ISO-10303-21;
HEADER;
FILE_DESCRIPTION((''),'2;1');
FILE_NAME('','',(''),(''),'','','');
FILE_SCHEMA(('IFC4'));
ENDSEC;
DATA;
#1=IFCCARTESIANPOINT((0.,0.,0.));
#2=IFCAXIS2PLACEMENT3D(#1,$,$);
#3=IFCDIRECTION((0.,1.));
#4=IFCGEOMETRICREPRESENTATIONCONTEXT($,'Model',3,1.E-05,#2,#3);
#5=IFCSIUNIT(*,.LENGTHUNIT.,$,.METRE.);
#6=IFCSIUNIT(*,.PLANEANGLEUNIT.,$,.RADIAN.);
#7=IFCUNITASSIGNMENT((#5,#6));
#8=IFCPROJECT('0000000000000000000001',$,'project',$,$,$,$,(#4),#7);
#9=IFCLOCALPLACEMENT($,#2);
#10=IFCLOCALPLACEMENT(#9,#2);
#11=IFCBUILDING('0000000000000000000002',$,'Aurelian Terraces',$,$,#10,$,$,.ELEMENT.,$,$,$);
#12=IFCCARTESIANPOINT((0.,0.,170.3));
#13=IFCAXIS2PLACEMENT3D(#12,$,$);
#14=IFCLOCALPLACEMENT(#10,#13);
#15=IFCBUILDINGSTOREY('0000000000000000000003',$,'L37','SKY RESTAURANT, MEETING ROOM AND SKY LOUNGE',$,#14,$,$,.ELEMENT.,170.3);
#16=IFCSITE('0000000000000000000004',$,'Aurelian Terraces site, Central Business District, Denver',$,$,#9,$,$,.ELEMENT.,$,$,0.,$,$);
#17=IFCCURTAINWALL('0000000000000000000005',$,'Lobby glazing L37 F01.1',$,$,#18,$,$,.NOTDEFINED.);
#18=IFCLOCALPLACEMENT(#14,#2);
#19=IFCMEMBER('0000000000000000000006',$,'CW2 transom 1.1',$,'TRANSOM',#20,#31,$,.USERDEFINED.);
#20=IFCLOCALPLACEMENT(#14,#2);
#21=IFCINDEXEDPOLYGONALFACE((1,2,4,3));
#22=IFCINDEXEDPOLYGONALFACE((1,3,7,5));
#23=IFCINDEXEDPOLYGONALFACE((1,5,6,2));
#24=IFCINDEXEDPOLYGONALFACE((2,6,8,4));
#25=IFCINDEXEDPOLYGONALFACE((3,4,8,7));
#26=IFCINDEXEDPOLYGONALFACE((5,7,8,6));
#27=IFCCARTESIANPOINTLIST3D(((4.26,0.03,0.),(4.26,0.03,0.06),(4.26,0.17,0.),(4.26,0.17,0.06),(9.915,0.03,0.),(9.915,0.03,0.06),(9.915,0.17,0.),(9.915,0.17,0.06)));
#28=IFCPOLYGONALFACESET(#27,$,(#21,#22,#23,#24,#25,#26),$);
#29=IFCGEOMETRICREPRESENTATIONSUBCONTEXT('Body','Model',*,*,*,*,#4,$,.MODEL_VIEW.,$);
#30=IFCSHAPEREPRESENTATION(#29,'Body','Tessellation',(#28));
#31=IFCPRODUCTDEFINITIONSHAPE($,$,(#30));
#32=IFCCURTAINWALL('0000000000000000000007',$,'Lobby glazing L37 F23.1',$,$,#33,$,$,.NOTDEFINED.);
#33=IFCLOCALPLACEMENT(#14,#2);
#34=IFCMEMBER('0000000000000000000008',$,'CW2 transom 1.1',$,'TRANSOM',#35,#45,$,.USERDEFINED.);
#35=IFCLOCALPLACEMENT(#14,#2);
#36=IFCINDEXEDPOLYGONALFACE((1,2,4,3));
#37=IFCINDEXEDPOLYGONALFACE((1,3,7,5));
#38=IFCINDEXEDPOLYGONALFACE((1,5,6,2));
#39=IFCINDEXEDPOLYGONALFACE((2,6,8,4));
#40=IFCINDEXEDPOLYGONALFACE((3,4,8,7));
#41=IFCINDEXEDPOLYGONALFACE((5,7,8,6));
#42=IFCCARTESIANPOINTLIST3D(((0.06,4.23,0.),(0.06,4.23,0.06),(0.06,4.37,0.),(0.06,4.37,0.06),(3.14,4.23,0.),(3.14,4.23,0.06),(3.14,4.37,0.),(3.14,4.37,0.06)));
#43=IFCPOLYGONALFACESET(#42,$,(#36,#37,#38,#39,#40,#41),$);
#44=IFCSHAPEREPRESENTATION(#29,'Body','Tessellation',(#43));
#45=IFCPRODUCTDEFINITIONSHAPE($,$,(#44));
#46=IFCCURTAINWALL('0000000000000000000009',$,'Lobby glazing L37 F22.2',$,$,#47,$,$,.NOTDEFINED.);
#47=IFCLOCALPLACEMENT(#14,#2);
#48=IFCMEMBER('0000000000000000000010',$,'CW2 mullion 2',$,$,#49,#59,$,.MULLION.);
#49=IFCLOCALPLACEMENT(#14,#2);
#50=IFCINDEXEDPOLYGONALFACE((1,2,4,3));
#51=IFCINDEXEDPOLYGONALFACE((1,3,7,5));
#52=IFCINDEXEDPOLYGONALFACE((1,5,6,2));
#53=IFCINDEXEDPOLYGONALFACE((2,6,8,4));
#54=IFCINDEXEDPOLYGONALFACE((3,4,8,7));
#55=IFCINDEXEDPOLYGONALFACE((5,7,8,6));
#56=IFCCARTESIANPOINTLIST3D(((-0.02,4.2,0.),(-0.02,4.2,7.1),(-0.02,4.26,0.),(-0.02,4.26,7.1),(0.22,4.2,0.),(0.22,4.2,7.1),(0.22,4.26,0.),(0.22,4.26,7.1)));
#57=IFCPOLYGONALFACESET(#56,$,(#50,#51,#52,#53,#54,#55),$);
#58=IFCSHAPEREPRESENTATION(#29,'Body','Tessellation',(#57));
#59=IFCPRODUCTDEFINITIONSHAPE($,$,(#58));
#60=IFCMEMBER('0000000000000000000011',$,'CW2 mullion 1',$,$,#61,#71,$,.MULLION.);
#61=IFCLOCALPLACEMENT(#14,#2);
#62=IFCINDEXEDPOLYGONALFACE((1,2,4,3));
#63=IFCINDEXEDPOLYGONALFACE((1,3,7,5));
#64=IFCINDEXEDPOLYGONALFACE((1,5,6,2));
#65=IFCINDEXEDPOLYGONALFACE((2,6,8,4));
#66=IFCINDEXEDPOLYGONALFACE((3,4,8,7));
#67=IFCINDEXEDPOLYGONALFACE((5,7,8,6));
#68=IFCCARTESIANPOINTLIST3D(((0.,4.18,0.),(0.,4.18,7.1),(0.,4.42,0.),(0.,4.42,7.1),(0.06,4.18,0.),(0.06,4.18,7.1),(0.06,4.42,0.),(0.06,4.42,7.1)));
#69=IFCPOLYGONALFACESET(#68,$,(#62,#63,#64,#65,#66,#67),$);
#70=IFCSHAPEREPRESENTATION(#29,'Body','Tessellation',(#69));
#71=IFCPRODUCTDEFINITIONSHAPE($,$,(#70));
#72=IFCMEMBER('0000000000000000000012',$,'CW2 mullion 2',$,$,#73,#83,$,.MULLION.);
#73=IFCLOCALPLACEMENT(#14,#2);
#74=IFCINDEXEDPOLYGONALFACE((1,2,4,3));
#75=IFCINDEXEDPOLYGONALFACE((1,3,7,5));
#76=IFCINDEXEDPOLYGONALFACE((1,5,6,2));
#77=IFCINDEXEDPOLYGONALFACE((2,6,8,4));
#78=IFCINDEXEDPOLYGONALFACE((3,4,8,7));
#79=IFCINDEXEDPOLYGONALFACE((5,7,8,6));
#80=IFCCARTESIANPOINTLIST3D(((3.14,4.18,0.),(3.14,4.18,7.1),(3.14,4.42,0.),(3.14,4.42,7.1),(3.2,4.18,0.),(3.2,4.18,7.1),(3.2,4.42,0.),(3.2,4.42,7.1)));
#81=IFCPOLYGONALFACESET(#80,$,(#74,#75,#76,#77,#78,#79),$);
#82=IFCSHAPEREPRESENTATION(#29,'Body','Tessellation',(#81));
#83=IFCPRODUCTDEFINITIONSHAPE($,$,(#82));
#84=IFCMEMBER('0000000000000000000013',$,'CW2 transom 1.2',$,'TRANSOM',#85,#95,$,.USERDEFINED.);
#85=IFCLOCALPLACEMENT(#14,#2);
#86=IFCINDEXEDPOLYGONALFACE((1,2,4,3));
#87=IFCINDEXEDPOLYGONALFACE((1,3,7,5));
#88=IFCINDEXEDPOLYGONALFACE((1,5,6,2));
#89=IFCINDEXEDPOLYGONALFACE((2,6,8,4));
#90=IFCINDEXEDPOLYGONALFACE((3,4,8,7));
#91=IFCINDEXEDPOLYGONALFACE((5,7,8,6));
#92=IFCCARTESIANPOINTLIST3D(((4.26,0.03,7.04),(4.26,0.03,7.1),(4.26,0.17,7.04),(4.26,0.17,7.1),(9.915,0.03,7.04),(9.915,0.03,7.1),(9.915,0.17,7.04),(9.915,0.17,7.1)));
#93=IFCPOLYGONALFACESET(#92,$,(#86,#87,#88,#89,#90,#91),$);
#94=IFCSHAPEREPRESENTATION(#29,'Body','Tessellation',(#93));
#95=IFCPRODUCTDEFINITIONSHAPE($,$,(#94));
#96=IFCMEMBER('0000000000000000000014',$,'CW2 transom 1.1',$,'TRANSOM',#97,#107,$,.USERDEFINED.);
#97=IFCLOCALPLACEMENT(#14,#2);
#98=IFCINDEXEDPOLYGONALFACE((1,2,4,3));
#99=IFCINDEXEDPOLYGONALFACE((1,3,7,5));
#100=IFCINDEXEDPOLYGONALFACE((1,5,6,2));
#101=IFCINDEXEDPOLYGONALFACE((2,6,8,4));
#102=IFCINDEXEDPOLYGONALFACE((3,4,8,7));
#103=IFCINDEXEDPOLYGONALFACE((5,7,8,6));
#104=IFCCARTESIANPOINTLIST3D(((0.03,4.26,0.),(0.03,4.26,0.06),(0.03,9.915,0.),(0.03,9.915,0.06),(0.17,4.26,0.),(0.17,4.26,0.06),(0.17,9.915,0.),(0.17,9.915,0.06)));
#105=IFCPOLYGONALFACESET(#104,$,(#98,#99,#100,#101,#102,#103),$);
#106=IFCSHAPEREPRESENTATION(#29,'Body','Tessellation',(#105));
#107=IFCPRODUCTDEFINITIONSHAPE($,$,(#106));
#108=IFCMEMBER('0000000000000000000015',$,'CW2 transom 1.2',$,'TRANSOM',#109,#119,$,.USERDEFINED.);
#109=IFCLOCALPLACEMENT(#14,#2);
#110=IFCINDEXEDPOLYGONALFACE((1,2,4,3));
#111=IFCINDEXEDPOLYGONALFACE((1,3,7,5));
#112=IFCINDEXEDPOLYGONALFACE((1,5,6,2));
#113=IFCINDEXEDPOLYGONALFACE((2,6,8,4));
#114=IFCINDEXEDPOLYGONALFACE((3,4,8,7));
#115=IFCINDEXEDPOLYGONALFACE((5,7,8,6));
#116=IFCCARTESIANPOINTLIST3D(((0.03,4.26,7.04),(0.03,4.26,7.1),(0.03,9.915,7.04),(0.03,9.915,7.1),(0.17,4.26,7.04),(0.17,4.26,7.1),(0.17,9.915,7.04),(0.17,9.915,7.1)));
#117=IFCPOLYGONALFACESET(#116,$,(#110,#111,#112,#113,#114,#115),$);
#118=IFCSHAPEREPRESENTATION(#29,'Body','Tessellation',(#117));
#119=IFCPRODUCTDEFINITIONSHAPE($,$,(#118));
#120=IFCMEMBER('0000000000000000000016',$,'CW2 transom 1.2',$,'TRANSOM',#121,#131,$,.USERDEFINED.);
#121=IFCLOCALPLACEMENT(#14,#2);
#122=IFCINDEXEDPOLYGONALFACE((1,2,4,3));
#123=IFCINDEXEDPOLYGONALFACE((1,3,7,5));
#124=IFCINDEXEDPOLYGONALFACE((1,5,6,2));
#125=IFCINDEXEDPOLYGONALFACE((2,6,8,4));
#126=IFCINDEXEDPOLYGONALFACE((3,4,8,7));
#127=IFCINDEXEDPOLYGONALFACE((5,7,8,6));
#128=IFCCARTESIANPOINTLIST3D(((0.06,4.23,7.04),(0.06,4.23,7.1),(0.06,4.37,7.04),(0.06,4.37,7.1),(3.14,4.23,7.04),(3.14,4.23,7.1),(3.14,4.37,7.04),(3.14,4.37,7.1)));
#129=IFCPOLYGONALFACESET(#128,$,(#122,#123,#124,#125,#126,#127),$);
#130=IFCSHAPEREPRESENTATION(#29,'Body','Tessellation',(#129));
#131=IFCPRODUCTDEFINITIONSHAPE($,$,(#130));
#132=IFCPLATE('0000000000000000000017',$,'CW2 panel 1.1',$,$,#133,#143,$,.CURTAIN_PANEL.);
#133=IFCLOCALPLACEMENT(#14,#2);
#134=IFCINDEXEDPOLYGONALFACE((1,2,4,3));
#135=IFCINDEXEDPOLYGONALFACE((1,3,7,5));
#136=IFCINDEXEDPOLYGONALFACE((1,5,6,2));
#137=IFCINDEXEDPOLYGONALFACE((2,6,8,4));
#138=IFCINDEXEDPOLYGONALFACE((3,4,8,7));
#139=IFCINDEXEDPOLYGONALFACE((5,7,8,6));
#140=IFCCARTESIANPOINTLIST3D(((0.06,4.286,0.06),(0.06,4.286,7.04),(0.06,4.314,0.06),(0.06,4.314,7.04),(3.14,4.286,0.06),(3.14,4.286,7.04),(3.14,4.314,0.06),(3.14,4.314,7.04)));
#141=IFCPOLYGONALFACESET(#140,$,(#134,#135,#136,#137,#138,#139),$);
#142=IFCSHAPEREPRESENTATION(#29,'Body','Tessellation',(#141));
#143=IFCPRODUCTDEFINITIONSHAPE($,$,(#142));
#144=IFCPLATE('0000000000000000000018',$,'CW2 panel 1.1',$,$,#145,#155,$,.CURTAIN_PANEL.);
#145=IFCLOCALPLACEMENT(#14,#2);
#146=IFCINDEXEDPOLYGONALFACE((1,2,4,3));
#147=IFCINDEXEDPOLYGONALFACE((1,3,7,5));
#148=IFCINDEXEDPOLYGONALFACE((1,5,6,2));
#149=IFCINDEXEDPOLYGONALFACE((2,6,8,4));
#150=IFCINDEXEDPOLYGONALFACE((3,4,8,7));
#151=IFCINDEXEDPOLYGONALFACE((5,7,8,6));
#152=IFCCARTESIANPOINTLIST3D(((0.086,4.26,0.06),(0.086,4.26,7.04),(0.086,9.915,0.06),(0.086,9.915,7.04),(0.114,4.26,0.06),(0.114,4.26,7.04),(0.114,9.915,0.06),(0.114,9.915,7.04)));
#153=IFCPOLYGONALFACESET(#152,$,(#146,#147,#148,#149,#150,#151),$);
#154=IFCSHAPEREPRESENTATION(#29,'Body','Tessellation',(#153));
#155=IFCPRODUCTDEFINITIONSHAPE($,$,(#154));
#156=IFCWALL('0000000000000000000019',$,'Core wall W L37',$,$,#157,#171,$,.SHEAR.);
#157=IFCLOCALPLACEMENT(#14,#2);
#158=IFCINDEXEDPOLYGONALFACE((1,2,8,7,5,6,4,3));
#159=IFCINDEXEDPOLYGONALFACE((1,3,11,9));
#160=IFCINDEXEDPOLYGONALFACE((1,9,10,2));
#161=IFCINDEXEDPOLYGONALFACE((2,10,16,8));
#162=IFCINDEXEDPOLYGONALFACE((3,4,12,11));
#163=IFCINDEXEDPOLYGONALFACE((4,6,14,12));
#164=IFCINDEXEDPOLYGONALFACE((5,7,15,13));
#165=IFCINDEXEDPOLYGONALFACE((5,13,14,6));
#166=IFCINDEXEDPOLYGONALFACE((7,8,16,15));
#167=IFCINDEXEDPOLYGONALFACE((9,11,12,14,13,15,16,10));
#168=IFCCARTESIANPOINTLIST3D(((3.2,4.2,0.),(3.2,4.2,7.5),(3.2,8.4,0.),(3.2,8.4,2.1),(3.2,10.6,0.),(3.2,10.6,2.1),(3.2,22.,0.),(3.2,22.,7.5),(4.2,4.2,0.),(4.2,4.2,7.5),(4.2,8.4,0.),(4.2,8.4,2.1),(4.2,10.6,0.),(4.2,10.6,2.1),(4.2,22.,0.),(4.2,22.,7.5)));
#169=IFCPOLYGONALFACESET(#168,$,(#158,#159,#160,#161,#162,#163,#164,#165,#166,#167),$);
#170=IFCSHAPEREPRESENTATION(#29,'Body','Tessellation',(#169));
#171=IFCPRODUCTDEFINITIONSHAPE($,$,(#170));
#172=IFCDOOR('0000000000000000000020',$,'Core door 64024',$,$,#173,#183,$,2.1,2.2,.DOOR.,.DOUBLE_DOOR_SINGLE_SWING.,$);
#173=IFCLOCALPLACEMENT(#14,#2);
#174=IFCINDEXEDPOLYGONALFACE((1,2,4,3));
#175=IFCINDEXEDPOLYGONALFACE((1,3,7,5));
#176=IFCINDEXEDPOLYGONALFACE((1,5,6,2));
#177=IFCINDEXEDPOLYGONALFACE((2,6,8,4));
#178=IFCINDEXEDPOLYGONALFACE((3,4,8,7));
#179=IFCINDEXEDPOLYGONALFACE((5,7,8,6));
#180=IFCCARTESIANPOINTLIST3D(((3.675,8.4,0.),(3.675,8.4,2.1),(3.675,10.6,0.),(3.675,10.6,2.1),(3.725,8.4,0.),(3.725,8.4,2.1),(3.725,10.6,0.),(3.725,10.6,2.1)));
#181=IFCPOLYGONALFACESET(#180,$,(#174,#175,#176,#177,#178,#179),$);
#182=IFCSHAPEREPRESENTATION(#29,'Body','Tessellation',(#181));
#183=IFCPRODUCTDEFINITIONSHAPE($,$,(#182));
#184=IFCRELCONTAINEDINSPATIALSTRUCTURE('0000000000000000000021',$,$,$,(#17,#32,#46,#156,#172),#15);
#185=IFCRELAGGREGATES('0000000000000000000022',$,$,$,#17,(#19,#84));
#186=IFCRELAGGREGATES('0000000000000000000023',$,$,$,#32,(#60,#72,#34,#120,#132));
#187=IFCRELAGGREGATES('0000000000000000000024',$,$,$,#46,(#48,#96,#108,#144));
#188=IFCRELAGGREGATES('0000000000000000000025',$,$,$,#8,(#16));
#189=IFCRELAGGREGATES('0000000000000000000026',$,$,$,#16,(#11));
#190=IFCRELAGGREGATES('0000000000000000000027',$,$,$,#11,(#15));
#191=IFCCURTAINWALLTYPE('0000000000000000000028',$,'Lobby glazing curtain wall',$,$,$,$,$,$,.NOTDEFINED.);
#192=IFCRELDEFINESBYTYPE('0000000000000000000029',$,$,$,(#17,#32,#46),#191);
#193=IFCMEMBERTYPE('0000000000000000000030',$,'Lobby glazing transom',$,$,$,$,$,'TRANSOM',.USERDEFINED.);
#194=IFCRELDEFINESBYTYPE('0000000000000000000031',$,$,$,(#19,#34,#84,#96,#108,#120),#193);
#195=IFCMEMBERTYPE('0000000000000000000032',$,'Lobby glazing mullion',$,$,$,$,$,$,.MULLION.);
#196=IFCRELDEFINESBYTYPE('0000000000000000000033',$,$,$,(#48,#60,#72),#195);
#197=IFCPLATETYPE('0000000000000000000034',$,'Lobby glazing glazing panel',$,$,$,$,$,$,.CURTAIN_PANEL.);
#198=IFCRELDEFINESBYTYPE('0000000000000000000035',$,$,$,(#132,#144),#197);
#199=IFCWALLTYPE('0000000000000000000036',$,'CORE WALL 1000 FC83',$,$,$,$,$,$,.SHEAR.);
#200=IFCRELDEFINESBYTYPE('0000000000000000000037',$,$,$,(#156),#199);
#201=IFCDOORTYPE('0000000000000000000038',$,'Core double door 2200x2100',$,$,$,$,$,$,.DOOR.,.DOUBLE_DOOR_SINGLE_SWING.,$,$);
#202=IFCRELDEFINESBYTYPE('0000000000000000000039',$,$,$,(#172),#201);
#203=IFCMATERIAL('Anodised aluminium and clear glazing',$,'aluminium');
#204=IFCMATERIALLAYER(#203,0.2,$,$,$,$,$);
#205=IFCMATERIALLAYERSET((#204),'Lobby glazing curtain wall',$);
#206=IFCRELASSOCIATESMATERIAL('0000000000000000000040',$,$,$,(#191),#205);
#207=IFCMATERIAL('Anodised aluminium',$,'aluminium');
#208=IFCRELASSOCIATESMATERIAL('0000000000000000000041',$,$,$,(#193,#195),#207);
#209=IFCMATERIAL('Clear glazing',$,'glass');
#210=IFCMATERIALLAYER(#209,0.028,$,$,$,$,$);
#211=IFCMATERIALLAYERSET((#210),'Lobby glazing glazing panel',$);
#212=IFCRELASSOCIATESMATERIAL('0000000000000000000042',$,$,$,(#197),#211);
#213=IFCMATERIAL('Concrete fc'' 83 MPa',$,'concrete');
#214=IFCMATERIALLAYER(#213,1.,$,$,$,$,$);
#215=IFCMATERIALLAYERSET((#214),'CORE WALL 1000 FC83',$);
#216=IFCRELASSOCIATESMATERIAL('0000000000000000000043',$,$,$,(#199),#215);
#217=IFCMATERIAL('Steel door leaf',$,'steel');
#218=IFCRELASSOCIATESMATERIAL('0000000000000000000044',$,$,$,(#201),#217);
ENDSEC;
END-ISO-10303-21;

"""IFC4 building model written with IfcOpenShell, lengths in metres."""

from ifc_helpers import new_model, si_unit, direction, frame, frame_2d, origin, origin_2d, place, context, subcontext, project, spatial, rectangle, extrude, source, transform, mapped, material, layer, layer_set, material_profile, profile_set, type_object, element, fill, aggregate, save


model = new_model("IFC4")

# Units and contexts
model_context = context("Model", 3, precision=1e-05, world=origin(), true_north=direction((0.0, 1.0)))
body_context = subcontext(model_context, "Body", "Model", "MODEL_VIEW")
ifc_project = project(units=[si_unit("LENGTHUNIT", "METRE"), si_unit("PLANEANGLEUNIT", "RADIAN")], contexts=[model_context])

# Site, building, storey
site_placement = place(None, origin())
site = spatial("IfcSite", under=ifc_project, at=site_placement, Name="Aurelian Terraces site, Central Business District, Denver", CompositionType="ELEMENT", RefElevation=0.0)
building_placement = place(site_placement, origin())
building = spatial("IfcBuilding", under=site, at=building_placement, Name="Aurelian Terraces", CompositionType="ELEMENT")
storey_placement = place(building_placement, frame((0.0, 0.0, 170.3)))
storey = spatial("IfcBuildingStorey", under=building, at=storey_placement, Name="L37", Description="SKY RESTAURANT, MEETING ROOM AND SKY LOUNGE", CompositionType="ELEMENT", Elevation=170.3)

# Curtain walls, members
ifc_material_1 = material(Name="Anodised aluminium and clear glazing", Category="aluminium")
ifc_layer_1 = layer(ifc_material_1, 0.2)
ifc_layer_set_1 = layer_set([ifc_layer_1], Name="Lobby glazing curtain wall")
curtain_wall_type = type_object("IfcCurtainWallType", Name="Lobby glazing curtain wall", PredefinedType="NOTDEFINED", material=ifc_layer_set_1)
curtain_wall_1_placement = place(storey_placement, origin())
curtain_wall_1 = element("IfcCurtainWall", 1, at=curtain_wall_1_placement, inside=storey, type_object=curtain_wall_type, Name="Lobby glazing L37 F01.1", PredefinedType="NOTDEFINED")
ifc_material_2 = material(Name="Anodised aluminium", Category="aluminium")
ifc_material_profile_1 = material_profile(ifc_material_2, rectangle(XDim=0.14, YDim=0.06, at=origin_2d()))
ifc_profile_set_1 = profile_set([ifc_material_profile_1], Name="Anodised aluminium")
member_type_1 = type_object("IfcMemberType", Name="Lobby glazing transom", ElementType="TRANSOM", PredefinedType="USERDEFINED", material=ifc_profile_set_1)
member_1_placement = place(storey_placement, frame((4.26, 0.1, 0.03), z_axis=(1.0, 0.0, 0.0), x_axis=(0.0, 1.0, 0.0)))
member_1 = element("IfcMember", 2, at=member_1_placement, type_object=member_type_1, Name="CW2 transom 1.1", ObjectType="TRANSOM", PredefinedType="USERDEFINED", context=body_context, shape_type="SweptSolid", body=[
    extrude(rectangle(XDim=0.14, YDim=0.06, at=origin_2d()), origin(), (0.0, 0.0, 1.0), 5.655),
])
curtain_wall_2_placement = place(storey_placement, origin())
curtain_wall_2 = element("IfcCurtainWall", 3, at=curtain_wall_2_placement, inside=storey, type_object=curtain_wall_type, Name="Lobby glazing L37 F23.1", PredefinedType="NOTDEFINED")
member_2_placement = place(storey_placement, frame((0.06, 4.3, 0.03), z_axis=(1.0, 0.0, 0.0), x_axis=(0.0, 1.0, 0.0)))
member_2 = element("IfcMember", 4, at=member_2_placement, type_object=member_type_1, Name="CW2 transom 1.1", ObjectType="TRANSOM", PredefinedType="USERDEFINED", context=body_context, shape_type="SweptSolid", body=[
    extrude(rectangle(XDim=0.14, YDim=0.06, at=origin_2d()), origin(), (0.0, 0.0, 1.0), 3.08),
])
curtain_wall_3_placement = place(storey_placement, origin())
curtain_wall_3 = element("IfcCurtainWall", 5, at=curtain_wall_3_placement, inside=storey, type_object=curtain_wall_type, Name="Lobby glazing L37 F22.2", PredefinedType="NOTDEFINED")
ifc_material_profile_2 = material_profile(ifc_material_2, rectangle(XDim=0.24, YDim=0.06, at=origin_2d()))
ifc_profile_set_2 = profile_set([ifc_material_profile_2], Name="Anodised aluminium")
member_type_2 = type_object("IfcMemberType", Name="Lobby glazing mullion", PredefinedType="MULLION", material=ifc_profile_set_2)
shared_shape_1 = source(origin(), body_context, "Body", "SweptSolid", [
    extrude(rectangle(XDim=0.24, YDim=0.06, at=origin_2d()), origin(), (0.0, 0.0, 1.0), 7.1),
])
member_3_placement = place(storey_placement, frame((0.1, 4.23, 0.0), z_axis=(0.0, 0.0, 1.0), x_axis=(1.0, 0.0, 0.0)))
member_3 = element("IfcMember", 6, at=member_3_placement, type_object=member_type_2, Name="CW2 mullion 2", PredefinedType="MULLION", context=body_context, shape_type="MappedRepresentation", body=[
    mapped(shared_shape_1, transform((0.0, 0.0, 0.0), scale=1.0)),
])

# Members
member_4_placement = place(storey_placement, frame((0.03, 4.3, 0.0), z_axis=(0.0, 0.0, 1.0), x_axis=(0.0, 1.0, 0.0)))
member_4 = element("IfcMember", 7, at=member_4_placement, type_object=member_type_2, Name="CW2 mullion 1", PredefinedType="MULLION", context=body_context, shape_type="MappedRepresentation", body=[
    mapped(shared_shape_1, transform((0.0, 0.0, 0.0), scale=1.0)),
])
member_5_placement = place(storey_placement, frame((3.17, 4.3, 0.0), z_axis=(0.0, 0.0, 1.0), x_axis=(0.0, 1.0, 0.0)))
member_5 = element("IfcMember", 8, at=member_5_placement, type_object=member_type_2, Name="CW2 mullion 2", PredefinedType="MULLION", context=body_context, shape_type="MappedRepresentation", body=[
    mapped(shared_shape_1, transform((0.0, 0.0, 0.0), scale=1.0)),
])
shared_shape_2 = source(origin(), body_context, "Body", "SweptSolid", [
    extrude(rectangle(XDim=0.14, YDim=0.06, at=origin_2d()), origin(), (0.0, 0.0, 1.0), 5.655),
])
member_6_placement = place(storey_placement, frame((4.26, 0.1, 7.07), z_axis=(1.0, 0.0, 0.0), x_axis=(0.0, 1.0, 0.0)))
member_6 = element("IfcMember", 9, at=member_6_placement, type_object=member_type_1, Name="CW2 transom 1.2", ObjectType="TRANSOM", PredefinedType="USERDEFINED", context=body_context, shape_type="MappedRepresentation", body=[
    mapped(shared_shape_2, transform((0.0, 0.0, 0.0), scale=1.0)),
])
aggregate(curtain_wall_1, [member_1, member_6])
member_7_placement = place(storey_placement, frame((0.1, 9.915, 0.03), z_axis=(0.0, -1.0, 0.0), x_axis=(1.0, 0.0, 0.0)))
member_7 = element("IfcMember", 10, at=member_7_placement, type_object=member_type_1, Name="CW2 transom 1.1", ObjectType="TRANSOM", PredefinedType="USERDEFINED", context=body_context, shape_type="MappedRepresentation", body=[
    mapped(shared_shape_2, transform((0.0, 0.0, 0.0), scale=1.0)),
])
member_8_placement = place(storey_placement, frame((0.1, 9.915, 7.07), z_axis=(0.0, -1.0, 0.0), x_axis=(1.0, 0.0, 0.0)))
member_8 = element("IfcMember", 11, at=member_8_placement, type_object=member_type_1, Name="CW2 transom 1.2", ObjectType="TRANSOM", PredefinedType="USERDEFINED", context=body_context, shape_type="MappedRepresentation", body=[
    mapped(shared_shape_2, transform((0.0, 0.0, 0.0), scale=1.0)),
])
shared_shape_3 = source(origin(), body_context, "Body", "SweptSolid", [
    extrude(rectangle(XDim=0.14, YDim=0.06, at=origin_2d()), origin(), (0.0, 0.0, 1.0), 3.08),
])
member_9_placement = place(storey_placement, frame((0.06, 4.3, 7.07), z_axis=(1.0, 0.0, 0.0), x_axis=(0.0, 1.0, 0.0)))
member_9 = element("IfcMember", 12, at=member_9_placement, type_object=member_type_1, Name="CW2 transom 1.2", ObjectType="TRANSOM", PredefinedType="USERDEFINED", context=body_context, shape_type="MappedRepresentation", body=[
    mapped(shared_shape_3, transform((0.0, 0.0, 0.0), scale=1.0)),
])

# Plates
ifc_material_3 = material(Name="Clear glazing", Category="glass")
ifc_layer_2 = layer(ifc_material_3, 0.028)
ifc_layer_set_2 = layer_set([ifc_layer_2], Name="Lobby glazing glazing panel")
plate_type = type_object("IfcPlateType", Name="Lobby glazing glazing panel", PredefinedType="CURTAIN_PANEL", material=ifc_layer_set_2)
plate_1_placement = place(storey_placement, frame((1.6, 4.3, 0.06), z_axis=(0.0, 0.0, 1.0), x_axis=(1.0, 0.0, 0.0)))
plate_1 = element("IfcPlate", 13, at=plate_1_placement, type_object=plate_type, Name="CW2 panel 1.1", PredefinedType="CURTAIN_PANEL", context=body_context, shape_type="SweptSolid", body=[
    extrude(rectangle(XDim=3.08, YDim=0.028, at=origin_2d()), origin(), (0.0, 0.0, 1.0), 6.98),
])
aggregate(curtain_wall_2, [member_4, member_5, member_2, member_9, plate_1])
shared_shape_4 = source(origin(), body_context, "Body", "SweptSolid", [
    extrude(rectangle(XDim=5.655, YDim=0.028, at=origin_2d()), origin(), (0.0, 0.0, 1.0), 6.98),
])
plate_2_placement = place(storey_placement, frame((0.1, 7.0875, 0.06), z_axis=(0.0, 0.0, 1.0), x_axis=(0.0, -1.0, 0.0)))
plate_2 = element("IfcPlate", 14, at=plate_2_placement, type_object=plate_type, Name="CW2 panel 1.1", PredefinedType="CURTAIN_PANEL", context=body_context, shape_type="MappedRepresentation", body=[
    mapped(shared_shape_4, transform((0.0, 0.0, 0.0), scale=1.0)),
])
aggregate(curtain_wall_3, [member_3, member_7, member_8, plate_2])

# Wall, opening, door
ifc_material_4 = material(Name="Concrete fc' 83 MPa", Category="concrete")
ifc_layer_3 = layer(ifc_material_4, 1.0)
ifc_layer_set_3 = layer_set([ifc_layer_3], Name="CORE WALL 1000 FC83")
wall_type_1 = type_object("IfcWallType", Name="CORE WALL 1000 FC83", PredefinedType="SHEAR", material=ifc_layer_set_3)
wall_1_placement = place(storey_placement, frame((3.7, 4.2, 0.0), z_axis=(0.0, 0.0, 1.0), x_axis=(0.0, 1.0, 0.0)))
wall_1 = element("IfcWall", 15, at=wall_1_placement, inside=storey, type_object=wall_type_1, Name="Core wall W L37", PredefinedType="SHEAR", context=body_context, shape_type="SweptSolid", body=[
    extrude(rectangle(XDim=17.8, YDim=1.0, at=frame_2d((8.9, 0.0))), origin(), (0.0, 0.0, 1.0), 7.5),
])
shared_shape_5 = source(origin(), body_context, "Body", "SweptSolid", [
    extrude(rectangle(XDim=2.2, YDim=2.1, at=frame_2d((1.1, 1.05))), frame((0.0, 0.51, 0.0), z_axis=(0.0, -1.0, 0.0), x_axis=(1.0, 0.0, 0.0)), (0.0, 0.0, 1.0), 1.02),
])
opening_1_placement = place(wall_1_placement, frame((4.2, 0.0, 0.0)))
opening_1 = element("IfcOpeningElement", 16, at=opening_1_placement, cuts=wall_1, PredefinedType="OPENING", context=body_context, shape_type="MappedRepresentation", body=[
    mapped(shared_shape_5, transform((0.0, 0.0, 0.0), scale=1.0)),
])
ifc_material_5 = material(Name="Steel door leaf", Category="steel")
door_type_1 = type_object("IfcDoorType", Name="Core double door 2200x2100", OperationType="DOUBLE_DOOR_SINGLE_SWING", PredefinedType="DOOR", material=ifc_material_5)
shared_shape_6 = source(origin(), body_context, "Body", "SweptSolid", [
    extrude(rectangle(XDim=2.2, YDim=2.1, at=frame_2d((1.1, 1.05))), frame((0.0, 0.025, 0.0), z_axis=(0.0, -1.0, 0.0), x_axis=(1.0, 0.0, 0.0)), (0.0, 0.0, 1.0), 0.05),
])
door_1_placement = place(opening_1_placement, origin())
door_1 = element("IfcDoor", 17, at=door_1_placement, inside=storey, type_object=door_type_1, Name="Core door 64024", OperationType="DOUBLE_DOOR_SINGLE_SWING", OverallHeight=2.1, OverallWidth=2.2, PredefinedType="DOOR", context=body_context, shape_type="MappedRepresentation", body=[
    mapped(shared_shape_6, transform((0.0, 0.0, 0.0), scale=1.0)),
])
fill(opening_1, door_1)

save(model, "model.ifc")
